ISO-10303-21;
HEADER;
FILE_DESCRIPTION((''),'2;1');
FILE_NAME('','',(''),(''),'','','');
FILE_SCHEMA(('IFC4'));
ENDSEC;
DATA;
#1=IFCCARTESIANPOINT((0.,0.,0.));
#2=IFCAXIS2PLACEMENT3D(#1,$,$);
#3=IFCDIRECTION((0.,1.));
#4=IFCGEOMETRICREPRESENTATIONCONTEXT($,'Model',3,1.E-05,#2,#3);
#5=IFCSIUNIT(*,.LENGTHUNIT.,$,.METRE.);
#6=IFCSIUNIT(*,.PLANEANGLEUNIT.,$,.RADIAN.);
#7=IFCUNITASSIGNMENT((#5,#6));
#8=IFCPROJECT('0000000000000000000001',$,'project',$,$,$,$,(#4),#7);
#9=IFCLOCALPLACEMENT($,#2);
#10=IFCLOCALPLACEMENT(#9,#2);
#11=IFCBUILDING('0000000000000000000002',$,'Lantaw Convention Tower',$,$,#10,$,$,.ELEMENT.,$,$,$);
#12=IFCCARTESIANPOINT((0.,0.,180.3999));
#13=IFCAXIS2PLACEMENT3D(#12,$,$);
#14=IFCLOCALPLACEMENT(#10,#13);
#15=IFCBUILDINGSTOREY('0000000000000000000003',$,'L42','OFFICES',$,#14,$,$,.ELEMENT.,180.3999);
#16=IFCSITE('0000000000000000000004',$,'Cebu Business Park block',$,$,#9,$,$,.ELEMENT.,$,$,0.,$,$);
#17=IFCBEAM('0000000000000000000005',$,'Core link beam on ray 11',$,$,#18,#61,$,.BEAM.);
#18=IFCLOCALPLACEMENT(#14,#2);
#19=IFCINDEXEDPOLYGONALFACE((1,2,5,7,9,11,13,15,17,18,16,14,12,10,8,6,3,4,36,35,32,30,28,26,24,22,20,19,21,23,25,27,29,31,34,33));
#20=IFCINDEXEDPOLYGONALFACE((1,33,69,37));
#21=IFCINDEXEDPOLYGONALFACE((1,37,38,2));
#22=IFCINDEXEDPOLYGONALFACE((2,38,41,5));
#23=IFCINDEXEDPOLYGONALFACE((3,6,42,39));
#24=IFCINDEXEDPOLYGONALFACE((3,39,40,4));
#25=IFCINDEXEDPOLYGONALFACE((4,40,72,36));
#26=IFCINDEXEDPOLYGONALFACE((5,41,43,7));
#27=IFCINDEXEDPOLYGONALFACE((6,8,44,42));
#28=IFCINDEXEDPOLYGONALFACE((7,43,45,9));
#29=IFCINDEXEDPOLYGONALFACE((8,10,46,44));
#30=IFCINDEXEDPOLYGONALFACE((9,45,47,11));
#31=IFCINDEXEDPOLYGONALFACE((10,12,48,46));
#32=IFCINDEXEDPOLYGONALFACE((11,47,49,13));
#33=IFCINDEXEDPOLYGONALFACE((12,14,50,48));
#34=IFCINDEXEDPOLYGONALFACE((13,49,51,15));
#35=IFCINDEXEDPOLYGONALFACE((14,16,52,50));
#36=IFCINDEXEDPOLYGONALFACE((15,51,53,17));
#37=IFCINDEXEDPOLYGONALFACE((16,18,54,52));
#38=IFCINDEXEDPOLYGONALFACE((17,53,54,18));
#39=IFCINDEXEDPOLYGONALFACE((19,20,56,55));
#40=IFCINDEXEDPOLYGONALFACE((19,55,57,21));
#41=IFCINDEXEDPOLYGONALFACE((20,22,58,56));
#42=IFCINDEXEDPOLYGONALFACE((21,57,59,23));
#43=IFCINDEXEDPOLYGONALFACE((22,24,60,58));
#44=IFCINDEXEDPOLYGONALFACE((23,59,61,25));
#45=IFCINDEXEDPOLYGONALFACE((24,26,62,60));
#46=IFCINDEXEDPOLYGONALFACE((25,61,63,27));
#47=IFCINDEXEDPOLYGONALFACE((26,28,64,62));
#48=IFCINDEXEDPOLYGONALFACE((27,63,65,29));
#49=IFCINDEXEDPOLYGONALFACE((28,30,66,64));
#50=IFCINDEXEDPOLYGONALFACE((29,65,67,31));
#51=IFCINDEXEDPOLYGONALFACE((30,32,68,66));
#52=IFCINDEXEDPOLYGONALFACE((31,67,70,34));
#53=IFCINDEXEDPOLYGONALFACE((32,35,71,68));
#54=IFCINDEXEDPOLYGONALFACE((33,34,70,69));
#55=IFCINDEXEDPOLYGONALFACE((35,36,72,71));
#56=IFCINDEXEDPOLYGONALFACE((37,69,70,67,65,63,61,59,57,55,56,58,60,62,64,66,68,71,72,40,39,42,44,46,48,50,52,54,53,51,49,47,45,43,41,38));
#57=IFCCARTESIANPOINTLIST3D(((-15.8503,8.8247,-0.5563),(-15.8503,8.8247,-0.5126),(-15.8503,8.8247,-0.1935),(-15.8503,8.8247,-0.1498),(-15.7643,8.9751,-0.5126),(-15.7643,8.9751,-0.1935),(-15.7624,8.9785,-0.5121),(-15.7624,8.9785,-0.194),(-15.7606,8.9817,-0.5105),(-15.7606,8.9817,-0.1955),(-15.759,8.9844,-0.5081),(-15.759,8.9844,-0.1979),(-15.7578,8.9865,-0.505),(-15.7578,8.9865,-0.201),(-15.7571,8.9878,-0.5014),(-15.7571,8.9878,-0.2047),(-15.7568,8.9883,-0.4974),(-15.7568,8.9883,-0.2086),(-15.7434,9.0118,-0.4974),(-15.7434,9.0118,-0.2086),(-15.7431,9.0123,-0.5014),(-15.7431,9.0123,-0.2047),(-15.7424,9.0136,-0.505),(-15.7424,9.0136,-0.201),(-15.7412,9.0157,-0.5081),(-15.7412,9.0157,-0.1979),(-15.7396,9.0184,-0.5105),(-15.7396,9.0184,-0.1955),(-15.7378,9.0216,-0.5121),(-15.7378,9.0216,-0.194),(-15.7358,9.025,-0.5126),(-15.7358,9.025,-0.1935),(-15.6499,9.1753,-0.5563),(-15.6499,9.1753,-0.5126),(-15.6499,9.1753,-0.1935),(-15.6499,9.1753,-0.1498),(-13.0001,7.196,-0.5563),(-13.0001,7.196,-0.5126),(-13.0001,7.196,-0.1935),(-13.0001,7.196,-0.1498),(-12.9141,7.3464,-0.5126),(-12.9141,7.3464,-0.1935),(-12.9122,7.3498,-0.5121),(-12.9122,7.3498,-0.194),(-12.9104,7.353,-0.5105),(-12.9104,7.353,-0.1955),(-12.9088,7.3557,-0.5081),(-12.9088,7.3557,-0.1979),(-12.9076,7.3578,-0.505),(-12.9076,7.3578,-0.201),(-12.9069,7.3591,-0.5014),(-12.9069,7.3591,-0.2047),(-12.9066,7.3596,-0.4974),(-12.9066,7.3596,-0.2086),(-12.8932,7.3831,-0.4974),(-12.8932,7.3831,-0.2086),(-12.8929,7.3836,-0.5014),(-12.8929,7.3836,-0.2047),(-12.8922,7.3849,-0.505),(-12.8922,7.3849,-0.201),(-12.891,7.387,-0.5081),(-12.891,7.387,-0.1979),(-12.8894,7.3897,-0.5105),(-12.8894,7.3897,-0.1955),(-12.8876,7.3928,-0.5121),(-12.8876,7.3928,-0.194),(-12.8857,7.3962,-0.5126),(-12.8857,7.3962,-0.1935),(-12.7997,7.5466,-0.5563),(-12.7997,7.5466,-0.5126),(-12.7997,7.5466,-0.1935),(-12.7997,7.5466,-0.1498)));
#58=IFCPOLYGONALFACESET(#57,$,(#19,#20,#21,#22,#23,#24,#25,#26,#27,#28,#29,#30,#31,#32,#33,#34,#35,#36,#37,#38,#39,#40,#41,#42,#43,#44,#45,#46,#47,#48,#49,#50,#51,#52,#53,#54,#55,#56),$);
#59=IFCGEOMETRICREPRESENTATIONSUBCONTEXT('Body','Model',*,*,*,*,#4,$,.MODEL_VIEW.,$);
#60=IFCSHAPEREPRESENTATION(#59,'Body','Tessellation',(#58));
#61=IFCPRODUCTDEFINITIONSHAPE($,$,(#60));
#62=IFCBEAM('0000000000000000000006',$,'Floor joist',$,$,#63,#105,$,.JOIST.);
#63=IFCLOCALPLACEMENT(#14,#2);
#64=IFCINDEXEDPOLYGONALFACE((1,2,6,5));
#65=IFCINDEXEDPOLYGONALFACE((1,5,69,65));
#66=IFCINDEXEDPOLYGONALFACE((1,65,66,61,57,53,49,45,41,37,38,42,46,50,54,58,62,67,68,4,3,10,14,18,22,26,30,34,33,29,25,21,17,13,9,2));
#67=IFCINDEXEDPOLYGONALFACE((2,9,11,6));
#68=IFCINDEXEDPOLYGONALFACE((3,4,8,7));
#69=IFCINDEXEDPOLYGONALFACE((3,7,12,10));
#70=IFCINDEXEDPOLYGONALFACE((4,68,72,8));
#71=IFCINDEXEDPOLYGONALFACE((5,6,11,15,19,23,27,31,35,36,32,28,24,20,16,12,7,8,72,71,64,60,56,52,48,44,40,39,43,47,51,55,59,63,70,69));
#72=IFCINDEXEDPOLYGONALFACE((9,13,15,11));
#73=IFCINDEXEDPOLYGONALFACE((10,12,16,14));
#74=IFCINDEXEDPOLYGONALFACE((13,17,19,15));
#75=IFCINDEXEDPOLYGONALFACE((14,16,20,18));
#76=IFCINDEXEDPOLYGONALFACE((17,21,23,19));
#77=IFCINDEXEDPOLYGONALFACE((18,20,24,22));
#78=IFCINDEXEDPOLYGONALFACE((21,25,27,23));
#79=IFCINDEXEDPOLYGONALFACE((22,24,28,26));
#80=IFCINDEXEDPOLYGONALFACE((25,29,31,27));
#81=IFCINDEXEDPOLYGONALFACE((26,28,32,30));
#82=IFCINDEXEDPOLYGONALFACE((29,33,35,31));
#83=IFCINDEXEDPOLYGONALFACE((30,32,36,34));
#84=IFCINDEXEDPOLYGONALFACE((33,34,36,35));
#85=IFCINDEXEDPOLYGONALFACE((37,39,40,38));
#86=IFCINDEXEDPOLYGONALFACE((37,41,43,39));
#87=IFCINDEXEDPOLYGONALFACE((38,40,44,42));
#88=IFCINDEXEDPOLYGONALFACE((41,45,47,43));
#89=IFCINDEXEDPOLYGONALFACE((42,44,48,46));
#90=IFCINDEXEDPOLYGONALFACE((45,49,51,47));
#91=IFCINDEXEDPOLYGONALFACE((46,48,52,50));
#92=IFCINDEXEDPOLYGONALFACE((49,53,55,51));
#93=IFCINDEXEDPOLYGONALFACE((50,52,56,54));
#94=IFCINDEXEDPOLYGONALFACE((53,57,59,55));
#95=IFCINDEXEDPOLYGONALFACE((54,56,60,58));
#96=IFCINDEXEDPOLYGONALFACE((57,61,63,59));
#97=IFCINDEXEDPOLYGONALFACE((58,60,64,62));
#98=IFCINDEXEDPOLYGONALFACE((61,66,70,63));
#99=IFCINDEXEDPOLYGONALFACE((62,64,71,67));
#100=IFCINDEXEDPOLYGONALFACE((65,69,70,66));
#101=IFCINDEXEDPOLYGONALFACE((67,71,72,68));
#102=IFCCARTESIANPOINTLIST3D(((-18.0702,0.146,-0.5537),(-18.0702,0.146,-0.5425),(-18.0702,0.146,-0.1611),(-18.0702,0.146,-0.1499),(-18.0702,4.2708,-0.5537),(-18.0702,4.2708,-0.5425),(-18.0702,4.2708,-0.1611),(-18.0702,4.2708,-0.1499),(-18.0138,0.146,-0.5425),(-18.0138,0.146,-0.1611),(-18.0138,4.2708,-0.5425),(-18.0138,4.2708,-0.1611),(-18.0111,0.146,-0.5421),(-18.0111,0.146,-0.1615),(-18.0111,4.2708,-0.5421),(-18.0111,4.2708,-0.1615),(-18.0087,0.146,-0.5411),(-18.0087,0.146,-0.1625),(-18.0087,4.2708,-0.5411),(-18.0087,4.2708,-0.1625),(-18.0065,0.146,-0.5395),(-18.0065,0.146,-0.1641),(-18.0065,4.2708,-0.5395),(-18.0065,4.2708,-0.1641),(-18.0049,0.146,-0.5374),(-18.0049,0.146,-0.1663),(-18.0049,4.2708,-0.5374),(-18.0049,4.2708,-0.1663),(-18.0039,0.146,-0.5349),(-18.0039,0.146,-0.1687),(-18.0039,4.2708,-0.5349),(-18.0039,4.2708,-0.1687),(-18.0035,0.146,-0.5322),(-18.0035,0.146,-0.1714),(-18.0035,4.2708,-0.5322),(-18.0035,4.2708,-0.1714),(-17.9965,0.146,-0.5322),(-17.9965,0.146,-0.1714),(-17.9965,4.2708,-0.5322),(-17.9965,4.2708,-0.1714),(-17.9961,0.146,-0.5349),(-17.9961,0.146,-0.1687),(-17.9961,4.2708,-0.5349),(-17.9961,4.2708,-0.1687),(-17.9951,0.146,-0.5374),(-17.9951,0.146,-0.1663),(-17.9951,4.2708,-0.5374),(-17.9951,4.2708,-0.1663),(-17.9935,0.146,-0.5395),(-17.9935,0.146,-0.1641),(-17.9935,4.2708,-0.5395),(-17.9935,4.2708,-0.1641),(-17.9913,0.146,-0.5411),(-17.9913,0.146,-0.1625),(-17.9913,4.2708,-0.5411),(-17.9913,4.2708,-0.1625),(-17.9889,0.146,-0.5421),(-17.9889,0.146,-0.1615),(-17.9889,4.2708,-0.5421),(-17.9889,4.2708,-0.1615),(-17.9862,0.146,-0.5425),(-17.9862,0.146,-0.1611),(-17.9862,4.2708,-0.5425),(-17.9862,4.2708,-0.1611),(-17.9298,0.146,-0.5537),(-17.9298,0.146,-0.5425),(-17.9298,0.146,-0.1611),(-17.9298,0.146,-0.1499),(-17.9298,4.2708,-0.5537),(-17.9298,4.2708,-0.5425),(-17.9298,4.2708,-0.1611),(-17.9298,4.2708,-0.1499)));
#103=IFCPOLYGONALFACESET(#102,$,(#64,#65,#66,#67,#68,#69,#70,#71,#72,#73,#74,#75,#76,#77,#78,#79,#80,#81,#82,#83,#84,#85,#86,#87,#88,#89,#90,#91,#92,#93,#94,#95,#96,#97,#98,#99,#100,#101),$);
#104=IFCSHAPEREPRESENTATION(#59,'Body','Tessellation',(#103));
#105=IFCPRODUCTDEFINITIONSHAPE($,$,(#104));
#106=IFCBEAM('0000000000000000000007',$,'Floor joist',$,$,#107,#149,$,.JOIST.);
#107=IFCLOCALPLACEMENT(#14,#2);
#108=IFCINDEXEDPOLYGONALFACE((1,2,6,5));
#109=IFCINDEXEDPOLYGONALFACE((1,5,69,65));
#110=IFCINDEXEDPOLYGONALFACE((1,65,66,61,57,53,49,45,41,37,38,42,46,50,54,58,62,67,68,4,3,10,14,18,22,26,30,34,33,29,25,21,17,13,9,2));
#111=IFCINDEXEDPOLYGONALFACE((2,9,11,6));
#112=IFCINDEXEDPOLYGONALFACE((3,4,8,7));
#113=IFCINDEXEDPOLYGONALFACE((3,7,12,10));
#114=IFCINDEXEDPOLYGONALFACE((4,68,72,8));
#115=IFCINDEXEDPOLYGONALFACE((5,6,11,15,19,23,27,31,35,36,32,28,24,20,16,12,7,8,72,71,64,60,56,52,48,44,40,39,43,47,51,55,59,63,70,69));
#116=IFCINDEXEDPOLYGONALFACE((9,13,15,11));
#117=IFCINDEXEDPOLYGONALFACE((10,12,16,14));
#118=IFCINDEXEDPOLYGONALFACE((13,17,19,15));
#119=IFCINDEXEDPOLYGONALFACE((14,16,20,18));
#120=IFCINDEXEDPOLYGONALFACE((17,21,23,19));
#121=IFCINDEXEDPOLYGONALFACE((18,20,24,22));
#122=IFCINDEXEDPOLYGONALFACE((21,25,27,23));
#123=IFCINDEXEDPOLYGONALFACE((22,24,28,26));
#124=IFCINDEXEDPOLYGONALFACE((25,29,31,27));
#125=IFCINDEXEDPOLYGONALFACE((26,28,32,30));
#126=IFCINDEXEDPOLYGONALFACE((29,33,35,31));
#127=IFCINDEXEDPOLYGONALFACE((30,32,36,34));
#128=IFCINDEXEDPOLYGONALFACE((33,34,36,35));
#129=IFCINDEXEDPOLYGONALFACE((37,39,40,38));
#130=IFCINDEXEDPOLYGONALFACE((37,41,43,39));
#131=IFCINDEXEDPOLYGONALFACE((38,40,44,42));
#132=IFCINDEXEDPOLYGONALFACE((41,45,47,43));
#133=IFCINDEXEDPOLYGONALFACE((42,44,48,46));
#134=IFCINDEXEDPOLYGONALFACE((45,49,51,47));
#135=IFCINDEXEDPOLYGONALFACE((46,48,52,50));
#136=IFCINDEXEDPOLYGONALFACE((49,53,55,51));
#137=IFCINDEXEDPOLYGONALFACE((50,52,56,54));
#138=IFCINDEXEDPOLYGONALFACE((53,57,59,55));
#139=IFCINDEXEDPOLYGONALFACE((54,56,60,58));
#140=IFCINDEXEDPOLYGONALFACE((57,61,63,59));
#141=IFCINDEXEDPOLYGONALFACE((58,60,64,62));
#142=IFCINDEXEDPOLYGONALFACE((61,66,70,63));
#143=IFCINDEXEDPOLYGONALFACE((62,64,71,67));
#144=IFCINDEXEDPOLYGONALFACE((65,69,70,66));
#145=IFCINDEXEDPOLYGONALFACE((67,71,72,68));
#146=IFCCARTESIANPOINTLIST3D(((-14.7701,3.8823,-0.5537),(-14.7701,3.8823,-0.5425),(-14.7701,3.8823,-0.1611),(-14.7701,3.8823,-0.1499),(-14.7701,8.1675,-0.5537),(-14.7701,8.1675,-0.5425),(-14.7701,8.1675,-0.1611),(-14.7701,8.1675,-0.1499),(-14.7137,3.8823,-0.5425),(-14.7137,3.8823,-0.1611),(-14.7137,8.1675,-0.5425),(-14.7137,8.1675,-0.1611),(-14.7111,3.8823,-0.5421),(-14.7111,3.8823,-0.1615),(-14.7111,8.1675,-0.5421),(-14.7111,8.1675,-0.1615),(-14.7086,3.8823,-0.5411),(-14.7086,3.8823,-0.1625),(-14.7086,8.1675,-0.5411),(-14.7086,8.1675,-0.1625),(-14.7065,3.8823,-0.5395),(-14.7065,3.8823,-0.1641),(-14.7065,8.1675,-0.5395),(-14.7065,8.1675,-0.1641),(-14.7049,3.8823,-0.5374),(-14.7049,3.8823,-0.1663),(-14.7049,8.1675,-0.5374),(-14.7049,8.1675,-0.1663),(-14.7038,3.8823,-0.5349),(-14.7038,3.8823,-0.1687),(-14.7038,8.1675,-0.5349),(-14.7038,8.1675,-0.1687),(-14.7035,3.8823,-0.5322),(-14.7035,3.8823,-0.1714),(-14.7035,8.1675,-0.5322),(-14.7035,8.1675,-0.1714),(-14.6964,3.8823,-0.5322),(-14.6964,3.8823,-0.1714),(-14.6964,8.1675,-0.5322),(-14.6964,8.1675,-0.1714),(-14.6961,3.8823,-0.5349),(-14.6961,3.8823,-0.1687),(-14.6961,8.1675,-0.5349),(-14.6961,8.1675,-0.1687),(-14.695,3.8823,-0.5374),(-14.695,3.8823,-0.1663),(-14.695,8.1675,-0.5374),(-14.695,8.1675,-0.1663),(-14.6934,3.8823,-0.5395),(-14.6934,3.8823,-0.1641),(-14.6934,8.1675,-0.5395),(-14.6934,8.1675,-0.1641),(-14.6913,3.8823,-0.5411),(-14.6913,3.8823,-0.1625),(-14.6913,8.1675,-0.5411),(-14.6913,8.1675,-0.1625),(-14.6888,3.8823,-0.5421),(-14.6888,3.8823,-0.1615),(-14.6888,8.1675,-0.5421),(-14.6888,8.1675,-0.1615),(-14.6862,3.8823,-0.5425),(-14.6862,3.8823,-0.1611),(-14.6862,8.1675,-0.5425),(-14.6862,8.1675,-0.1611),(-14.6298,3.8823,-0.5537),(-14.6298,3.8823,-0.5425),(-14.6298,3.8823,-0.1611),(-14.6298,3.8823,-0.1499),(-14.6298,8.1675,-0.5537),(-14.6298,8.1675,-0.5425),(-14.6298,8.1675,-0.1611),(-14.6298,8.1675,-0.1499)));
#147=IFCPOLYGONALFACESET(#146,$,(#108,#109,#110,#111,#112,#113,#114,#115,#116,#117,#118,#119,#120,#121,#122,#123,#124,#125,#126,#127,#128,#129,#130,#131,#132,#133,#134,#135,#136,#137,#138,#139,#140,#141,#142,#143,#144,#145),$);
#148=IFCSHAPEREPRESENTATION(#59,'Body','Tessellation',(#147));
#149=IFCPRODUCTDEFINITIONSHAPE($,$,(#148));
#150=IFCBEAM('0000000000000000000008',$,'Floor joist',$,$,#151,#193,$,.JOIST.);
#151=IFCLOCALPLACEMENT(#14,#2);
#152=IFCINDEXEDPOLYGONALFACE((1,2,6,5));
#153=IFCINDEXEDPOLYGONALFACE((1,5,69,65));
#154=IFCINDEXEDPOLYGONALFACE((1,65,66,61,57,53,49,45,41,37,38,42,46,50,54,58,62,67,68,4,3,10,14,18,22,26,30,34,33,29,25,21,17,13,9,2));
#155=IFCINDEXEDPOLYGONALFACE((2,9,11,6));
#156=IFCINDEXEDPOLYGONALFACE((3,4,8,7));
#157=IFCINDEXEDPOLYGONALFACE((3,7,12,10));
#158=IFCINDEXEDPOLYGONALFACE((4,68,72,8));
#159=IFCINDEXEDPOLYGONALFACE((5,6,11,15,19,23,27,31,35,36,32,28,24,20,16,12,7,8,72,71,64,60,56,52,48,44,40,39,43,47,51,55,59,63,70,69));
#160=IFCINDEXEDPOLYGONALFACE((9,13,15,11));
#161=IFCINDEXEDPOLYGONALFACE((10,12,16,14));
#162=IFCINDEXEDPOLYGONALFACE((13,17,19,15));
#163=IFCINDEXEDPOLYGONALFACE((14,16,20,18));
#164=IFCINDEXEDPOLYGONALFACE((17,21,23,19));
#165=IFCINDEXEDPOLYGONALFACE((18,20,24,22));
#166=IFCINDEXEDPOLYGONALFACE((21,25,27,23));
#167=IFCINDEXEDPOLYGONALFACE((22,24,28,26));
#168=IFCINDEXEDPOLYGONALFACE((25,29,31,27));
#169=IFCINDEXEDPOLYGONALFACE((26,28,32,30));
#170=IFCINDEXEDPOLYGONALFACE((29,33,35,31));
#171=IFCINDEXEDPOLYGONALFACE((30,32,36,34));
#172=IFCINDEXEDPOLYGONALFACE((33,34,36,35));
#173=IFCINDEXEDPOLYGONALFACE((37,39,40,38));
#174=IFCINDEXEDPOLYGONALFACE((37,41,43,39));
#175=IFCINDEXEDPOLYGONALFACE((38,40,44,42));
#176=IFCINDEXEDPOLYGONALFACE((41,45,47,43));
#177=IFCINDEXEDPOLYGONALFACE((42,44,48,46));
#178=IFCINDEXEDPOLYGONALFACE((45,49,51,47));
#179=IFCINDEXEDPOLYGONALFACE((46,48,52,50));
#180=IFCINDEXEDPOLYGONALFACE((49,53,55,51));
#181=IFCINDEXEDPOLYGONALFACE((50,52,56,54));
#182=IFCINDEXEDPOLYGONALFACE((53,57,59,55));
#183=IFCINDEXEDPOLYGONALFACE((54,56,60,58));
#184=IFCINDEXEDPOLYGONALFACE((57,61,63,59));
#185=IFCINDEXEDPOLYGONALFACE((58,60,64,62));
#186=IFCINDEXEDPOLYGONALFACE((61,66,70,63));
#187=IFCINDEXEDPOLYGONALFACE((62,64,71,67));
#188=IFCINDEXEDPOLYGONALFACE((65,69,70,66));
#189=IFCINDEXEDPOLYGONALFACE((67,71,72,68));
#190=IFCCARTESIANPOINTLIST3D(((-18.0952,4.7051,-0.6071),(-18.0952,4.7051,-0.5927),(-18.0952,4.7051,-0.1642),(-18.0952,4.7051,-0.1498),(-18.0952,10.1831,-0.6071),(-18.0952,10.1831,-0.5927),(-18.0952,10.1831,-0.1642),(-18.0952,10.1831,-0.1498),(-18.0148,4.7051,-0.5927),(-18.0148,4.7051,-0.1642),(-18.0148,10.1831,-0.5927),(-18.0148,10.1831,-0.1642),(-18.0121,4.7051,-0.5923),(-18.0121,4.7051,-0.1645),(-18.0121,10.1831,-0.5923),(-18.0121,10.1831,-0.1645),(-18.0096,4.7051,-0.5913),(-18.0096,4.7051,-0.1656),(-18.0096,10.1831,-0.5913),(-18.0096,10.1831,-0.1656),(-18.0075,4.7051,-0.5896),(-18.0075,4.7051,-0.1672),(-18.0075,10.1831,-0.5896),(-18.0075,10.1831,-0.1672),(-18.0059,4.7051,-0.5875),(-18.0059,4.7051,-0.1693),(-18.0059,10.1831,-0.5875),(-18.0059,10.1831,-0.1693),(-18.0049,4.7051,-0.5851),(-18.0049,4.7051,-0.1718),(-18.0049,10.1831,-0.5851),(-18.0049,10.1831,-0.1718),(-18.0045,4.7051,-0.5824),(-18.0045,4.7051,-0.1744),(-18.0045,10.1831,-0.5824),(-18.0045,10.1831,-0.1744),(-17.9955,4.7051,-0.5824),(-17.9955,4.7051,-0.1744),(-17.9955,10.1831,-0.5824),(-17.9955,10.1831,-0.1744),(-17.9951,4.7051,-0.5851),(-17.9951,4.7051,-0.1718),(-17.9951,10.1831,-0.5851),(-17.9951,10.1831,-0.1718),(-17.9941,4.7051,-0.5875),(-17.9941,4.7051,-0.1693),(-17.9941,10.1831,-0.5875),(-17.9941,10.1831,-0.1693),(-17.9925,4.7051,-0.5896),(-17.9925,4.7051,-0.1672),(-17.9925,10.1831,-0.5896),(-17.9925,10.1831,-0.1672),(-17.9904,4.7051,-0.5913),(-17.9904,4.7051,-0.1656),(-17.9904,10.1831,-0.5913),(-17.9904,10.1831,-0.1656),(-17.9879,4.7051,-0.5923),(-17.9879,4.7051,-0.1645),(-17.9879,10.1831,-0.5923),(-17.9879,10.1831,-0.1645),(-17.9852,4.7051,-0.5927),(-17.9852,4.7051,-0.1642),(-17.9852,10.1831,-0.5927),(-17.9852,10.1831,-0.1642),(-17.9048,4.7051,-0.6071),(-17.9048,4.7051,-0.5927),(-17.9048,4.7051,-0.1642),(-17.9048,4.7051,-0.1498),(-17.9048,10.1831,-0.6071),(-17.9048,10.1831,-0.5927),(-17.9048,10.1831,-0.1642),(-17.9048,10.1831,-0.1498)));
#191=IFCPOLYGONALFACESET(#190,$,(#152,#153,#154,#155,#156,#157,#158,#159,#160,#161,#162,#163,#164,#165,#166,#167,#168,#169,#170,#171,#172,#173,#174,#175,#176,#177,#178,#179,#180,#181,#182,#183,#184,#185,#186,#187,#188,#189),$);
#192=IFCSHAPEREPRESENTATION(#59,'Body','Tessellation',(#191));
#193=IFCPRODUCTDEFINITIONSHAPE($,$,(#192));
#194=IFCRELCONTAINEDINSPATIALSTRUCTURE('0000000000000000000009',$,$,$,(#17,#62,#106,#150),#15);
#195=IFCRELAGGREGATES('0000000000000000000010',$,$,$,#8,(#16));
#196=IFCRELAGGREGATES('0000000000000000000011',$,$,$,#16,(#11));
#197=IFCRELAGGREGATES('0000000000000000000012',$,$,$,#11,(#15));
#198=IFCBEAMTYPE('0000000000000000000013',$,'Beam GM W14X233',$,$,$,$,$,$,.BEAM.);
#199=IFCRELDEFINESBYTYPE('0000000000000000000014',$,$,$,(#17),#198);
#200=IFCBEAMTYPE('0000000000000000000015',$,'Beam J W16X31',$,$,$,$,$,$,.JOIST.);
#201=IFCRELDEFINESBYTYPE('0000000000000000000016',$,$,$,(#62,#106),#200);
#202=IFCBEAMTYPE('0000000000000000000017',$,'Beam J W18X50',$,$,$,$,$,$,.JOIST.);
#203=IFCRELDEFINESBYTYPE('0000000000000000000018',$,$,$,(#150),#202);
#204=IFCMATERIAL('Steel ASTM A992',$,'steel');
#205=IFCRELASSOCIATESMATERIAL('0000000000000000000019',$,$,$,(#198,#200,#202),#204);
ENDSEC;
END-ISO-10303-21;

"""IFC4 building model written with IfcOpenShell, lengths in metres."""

from ifc_helpers import new_model, si_unit, direction, frame, origin, origin_2d, place, context, subcontext, project, spatial, i_section, extrude, material, material_profile, profile_set, type_object, element, save


model = new_model("IFC4")

# Units and contexts
model_context = context("Model", 3, precision=1e-05, world=origin(), true_north=direction((0.0, 1.0)))
body_context = subcontext(model_context, "Body", "Model", "MODEL_VIEW")
ifc_project = project(units=[si_unit("LENGTHUNIT", "METRE"), si_unit("PLANEANGLEUNIT", "RADIAN")], contexts=[model_context])

# Site, building, storey
site_placement = place(None, origin())
site = spatial("IfcSite", under=ifc_project, at=site_placement, Name="Cebu Business Park block", CompositionType="ELEMENT", RefElevation=0.0)
building_placement = place(site_placement, origin())
building = spatial("IfcBuilding", under=site, at=building_placement, Name="Lantaw Convention Tower", CompositionType="ELEMENT")
storey_placement = place(building_placement, frame((0.0, 0.0, 180.3999)))
storey = spatial("IfcBuildingStorey", under=building, at=storey_placement, Name="L42", Description="OFFICES", CompositionType="ELEMENT", Elevation=180.3999)

# Beams
ifc_material_1 = material(Name="Steel ASTM A992", Category="steel")
ifc_material_profile_1 = material_profile(ifc_material_1, i_section(OverallWidth=0.4038, OverallDepth=0.4065, WebThickness=0.0271, FlangeThickness=0.0437, FilletRadius=0.0151, at=origin_2d()), Name="W14X233")
ifc_profile_set_1 = profile_set([ifc_material_profile_1], Name="Steel ASTM A992")
beam_type_1 = type_object("IfcBeamType", Name="Beam GM W14X233", PredefinedType="BEAM", material=ifc_profile_set_1)
beam_1_placement = place(storey_placement, frame((-12.8999, 7.3713, -0.353), z_axis=(-0.868239, 0.496147, 0.0), x_axis=(-0.496147, -0.868239, 0.0)))
element("IfcBeam", 1, at=beam_1_placement, inside=storey, type_object=beam_type_1, Name="Core link beam on ray 11", PredefinedType="BEAM", context=body_context, shape_type="SweptSolid", body=[
    extrude(i_section(OverallWidth=0.4038, OverallDepth=0.4065, WebThickness=0.0271, FlangeThickness=0.0437, FilletRadius=0.0151, at=origin_2d()), origin(), (0.0, 0.0, 1.0), 3.2827),
])
ifc_material_profile_2 = material_profile(ifc_material_1, i_section(OverallWidth=0.1404, OverallDepth=0.4038, WebThickness=0.0071, FlangeThickness=0.0112, FilletRadius=0.0103, at=origin_2d()), Name="W16X31")
ifc_profile_set_2 = profile_set([ifc_material_profile_2], Name="Steel ASTM A992")
beam_type_2 = type_object("IfcBeamType", Name="Beam J W16X31", PredefinedType="JOIST", material=ifc_profile_set_2)
beam_2_placement = place(storey_placement, frame((-18.0, 0.146, -0.3518), z_axis=(0.0, 1.0, 0.0), x_axis=(-1.0, 0.0, 0.0)))
element("IfcBeam", 2, at=beam_2_placement, inside=storey, type_object=beam_type_2, Name="Floor joist", PredefinedType="JOIST", context=body_context, shape_type="SweptSolid", body=[
    extrude(i_section(OverallWidth=0.1404, OverallDepth=0.4038, WebThickness=0.0071, FlangeThickness=0.0112, FilletRadius=0.0103, at=origin_2d()), origin(), (0.0, 0.0, 1.0), 4.1248),
])
beam_3_placement = place(storey_placement, frame((-14.7, 3.8823, -0.3518), z_axis=(0.0, 1.0, 0.0), x_axis=(-1.0, 0.0, 0.0)))
element("IfcBeam", 3, at=beam_3_placement, inside=storey, type_object=beam_type_2, Name="Floor joist", PredefinedType="JOIST", context=body_context, shape_type="SweptSolid", body=[
    extrude(i_section(OverallWidth=0.1404, OverallDepth=0.4038, WebThickness=0.0071, FlangeThickness=0.0112, FilletRadius=0.0103, at=origin_2d()), origin(), (0.0, 0.0, 1.0), 4.2852),
])
ifc_material_profile_3 = material_profile(ifc_material_1, i_section(OverallWidth=0.1904, OverallDepth=0.4573, WebThickness=0.009, FlangeThickness=0.0144, FilletRadius=0.0103, at=origin_2d()), Name="W18X50")
ifc_profile_set_3 = profile_set([ifc_material_profile_3], Name="Steel ASTM A992")
beam_type_3 = type_object("IfcBeamType", Name="Beam J W18X50", PredefinedType="JOIST", material=ifc_profile_set_3)
beam_4_placement = place(storey_placement, frame((-18.0, 4.7051, -0.3784), z_axis=(0.0, 1.0, 0.0), x_axis=(-1.0, 0.0, 0.0)))
element("IfcBeam", 4, at=beam_4_placement, inside=storey, type_object=beam_type_3, Name="Floor joist", PredefinedType="JOIST", context=body_context, shape_type="SweptSolid", body=[
    extrude(i_section(OverallWidth=0.1904, OverallDepth=0.4573, WebThickness=0.009, FlangeThickness=0.0144, FilletRadius=0.0103, at=origin_2d()), origin(), (0.0, 0.0, 1.0), 5.478),
])

save(model, "model.ifc")
